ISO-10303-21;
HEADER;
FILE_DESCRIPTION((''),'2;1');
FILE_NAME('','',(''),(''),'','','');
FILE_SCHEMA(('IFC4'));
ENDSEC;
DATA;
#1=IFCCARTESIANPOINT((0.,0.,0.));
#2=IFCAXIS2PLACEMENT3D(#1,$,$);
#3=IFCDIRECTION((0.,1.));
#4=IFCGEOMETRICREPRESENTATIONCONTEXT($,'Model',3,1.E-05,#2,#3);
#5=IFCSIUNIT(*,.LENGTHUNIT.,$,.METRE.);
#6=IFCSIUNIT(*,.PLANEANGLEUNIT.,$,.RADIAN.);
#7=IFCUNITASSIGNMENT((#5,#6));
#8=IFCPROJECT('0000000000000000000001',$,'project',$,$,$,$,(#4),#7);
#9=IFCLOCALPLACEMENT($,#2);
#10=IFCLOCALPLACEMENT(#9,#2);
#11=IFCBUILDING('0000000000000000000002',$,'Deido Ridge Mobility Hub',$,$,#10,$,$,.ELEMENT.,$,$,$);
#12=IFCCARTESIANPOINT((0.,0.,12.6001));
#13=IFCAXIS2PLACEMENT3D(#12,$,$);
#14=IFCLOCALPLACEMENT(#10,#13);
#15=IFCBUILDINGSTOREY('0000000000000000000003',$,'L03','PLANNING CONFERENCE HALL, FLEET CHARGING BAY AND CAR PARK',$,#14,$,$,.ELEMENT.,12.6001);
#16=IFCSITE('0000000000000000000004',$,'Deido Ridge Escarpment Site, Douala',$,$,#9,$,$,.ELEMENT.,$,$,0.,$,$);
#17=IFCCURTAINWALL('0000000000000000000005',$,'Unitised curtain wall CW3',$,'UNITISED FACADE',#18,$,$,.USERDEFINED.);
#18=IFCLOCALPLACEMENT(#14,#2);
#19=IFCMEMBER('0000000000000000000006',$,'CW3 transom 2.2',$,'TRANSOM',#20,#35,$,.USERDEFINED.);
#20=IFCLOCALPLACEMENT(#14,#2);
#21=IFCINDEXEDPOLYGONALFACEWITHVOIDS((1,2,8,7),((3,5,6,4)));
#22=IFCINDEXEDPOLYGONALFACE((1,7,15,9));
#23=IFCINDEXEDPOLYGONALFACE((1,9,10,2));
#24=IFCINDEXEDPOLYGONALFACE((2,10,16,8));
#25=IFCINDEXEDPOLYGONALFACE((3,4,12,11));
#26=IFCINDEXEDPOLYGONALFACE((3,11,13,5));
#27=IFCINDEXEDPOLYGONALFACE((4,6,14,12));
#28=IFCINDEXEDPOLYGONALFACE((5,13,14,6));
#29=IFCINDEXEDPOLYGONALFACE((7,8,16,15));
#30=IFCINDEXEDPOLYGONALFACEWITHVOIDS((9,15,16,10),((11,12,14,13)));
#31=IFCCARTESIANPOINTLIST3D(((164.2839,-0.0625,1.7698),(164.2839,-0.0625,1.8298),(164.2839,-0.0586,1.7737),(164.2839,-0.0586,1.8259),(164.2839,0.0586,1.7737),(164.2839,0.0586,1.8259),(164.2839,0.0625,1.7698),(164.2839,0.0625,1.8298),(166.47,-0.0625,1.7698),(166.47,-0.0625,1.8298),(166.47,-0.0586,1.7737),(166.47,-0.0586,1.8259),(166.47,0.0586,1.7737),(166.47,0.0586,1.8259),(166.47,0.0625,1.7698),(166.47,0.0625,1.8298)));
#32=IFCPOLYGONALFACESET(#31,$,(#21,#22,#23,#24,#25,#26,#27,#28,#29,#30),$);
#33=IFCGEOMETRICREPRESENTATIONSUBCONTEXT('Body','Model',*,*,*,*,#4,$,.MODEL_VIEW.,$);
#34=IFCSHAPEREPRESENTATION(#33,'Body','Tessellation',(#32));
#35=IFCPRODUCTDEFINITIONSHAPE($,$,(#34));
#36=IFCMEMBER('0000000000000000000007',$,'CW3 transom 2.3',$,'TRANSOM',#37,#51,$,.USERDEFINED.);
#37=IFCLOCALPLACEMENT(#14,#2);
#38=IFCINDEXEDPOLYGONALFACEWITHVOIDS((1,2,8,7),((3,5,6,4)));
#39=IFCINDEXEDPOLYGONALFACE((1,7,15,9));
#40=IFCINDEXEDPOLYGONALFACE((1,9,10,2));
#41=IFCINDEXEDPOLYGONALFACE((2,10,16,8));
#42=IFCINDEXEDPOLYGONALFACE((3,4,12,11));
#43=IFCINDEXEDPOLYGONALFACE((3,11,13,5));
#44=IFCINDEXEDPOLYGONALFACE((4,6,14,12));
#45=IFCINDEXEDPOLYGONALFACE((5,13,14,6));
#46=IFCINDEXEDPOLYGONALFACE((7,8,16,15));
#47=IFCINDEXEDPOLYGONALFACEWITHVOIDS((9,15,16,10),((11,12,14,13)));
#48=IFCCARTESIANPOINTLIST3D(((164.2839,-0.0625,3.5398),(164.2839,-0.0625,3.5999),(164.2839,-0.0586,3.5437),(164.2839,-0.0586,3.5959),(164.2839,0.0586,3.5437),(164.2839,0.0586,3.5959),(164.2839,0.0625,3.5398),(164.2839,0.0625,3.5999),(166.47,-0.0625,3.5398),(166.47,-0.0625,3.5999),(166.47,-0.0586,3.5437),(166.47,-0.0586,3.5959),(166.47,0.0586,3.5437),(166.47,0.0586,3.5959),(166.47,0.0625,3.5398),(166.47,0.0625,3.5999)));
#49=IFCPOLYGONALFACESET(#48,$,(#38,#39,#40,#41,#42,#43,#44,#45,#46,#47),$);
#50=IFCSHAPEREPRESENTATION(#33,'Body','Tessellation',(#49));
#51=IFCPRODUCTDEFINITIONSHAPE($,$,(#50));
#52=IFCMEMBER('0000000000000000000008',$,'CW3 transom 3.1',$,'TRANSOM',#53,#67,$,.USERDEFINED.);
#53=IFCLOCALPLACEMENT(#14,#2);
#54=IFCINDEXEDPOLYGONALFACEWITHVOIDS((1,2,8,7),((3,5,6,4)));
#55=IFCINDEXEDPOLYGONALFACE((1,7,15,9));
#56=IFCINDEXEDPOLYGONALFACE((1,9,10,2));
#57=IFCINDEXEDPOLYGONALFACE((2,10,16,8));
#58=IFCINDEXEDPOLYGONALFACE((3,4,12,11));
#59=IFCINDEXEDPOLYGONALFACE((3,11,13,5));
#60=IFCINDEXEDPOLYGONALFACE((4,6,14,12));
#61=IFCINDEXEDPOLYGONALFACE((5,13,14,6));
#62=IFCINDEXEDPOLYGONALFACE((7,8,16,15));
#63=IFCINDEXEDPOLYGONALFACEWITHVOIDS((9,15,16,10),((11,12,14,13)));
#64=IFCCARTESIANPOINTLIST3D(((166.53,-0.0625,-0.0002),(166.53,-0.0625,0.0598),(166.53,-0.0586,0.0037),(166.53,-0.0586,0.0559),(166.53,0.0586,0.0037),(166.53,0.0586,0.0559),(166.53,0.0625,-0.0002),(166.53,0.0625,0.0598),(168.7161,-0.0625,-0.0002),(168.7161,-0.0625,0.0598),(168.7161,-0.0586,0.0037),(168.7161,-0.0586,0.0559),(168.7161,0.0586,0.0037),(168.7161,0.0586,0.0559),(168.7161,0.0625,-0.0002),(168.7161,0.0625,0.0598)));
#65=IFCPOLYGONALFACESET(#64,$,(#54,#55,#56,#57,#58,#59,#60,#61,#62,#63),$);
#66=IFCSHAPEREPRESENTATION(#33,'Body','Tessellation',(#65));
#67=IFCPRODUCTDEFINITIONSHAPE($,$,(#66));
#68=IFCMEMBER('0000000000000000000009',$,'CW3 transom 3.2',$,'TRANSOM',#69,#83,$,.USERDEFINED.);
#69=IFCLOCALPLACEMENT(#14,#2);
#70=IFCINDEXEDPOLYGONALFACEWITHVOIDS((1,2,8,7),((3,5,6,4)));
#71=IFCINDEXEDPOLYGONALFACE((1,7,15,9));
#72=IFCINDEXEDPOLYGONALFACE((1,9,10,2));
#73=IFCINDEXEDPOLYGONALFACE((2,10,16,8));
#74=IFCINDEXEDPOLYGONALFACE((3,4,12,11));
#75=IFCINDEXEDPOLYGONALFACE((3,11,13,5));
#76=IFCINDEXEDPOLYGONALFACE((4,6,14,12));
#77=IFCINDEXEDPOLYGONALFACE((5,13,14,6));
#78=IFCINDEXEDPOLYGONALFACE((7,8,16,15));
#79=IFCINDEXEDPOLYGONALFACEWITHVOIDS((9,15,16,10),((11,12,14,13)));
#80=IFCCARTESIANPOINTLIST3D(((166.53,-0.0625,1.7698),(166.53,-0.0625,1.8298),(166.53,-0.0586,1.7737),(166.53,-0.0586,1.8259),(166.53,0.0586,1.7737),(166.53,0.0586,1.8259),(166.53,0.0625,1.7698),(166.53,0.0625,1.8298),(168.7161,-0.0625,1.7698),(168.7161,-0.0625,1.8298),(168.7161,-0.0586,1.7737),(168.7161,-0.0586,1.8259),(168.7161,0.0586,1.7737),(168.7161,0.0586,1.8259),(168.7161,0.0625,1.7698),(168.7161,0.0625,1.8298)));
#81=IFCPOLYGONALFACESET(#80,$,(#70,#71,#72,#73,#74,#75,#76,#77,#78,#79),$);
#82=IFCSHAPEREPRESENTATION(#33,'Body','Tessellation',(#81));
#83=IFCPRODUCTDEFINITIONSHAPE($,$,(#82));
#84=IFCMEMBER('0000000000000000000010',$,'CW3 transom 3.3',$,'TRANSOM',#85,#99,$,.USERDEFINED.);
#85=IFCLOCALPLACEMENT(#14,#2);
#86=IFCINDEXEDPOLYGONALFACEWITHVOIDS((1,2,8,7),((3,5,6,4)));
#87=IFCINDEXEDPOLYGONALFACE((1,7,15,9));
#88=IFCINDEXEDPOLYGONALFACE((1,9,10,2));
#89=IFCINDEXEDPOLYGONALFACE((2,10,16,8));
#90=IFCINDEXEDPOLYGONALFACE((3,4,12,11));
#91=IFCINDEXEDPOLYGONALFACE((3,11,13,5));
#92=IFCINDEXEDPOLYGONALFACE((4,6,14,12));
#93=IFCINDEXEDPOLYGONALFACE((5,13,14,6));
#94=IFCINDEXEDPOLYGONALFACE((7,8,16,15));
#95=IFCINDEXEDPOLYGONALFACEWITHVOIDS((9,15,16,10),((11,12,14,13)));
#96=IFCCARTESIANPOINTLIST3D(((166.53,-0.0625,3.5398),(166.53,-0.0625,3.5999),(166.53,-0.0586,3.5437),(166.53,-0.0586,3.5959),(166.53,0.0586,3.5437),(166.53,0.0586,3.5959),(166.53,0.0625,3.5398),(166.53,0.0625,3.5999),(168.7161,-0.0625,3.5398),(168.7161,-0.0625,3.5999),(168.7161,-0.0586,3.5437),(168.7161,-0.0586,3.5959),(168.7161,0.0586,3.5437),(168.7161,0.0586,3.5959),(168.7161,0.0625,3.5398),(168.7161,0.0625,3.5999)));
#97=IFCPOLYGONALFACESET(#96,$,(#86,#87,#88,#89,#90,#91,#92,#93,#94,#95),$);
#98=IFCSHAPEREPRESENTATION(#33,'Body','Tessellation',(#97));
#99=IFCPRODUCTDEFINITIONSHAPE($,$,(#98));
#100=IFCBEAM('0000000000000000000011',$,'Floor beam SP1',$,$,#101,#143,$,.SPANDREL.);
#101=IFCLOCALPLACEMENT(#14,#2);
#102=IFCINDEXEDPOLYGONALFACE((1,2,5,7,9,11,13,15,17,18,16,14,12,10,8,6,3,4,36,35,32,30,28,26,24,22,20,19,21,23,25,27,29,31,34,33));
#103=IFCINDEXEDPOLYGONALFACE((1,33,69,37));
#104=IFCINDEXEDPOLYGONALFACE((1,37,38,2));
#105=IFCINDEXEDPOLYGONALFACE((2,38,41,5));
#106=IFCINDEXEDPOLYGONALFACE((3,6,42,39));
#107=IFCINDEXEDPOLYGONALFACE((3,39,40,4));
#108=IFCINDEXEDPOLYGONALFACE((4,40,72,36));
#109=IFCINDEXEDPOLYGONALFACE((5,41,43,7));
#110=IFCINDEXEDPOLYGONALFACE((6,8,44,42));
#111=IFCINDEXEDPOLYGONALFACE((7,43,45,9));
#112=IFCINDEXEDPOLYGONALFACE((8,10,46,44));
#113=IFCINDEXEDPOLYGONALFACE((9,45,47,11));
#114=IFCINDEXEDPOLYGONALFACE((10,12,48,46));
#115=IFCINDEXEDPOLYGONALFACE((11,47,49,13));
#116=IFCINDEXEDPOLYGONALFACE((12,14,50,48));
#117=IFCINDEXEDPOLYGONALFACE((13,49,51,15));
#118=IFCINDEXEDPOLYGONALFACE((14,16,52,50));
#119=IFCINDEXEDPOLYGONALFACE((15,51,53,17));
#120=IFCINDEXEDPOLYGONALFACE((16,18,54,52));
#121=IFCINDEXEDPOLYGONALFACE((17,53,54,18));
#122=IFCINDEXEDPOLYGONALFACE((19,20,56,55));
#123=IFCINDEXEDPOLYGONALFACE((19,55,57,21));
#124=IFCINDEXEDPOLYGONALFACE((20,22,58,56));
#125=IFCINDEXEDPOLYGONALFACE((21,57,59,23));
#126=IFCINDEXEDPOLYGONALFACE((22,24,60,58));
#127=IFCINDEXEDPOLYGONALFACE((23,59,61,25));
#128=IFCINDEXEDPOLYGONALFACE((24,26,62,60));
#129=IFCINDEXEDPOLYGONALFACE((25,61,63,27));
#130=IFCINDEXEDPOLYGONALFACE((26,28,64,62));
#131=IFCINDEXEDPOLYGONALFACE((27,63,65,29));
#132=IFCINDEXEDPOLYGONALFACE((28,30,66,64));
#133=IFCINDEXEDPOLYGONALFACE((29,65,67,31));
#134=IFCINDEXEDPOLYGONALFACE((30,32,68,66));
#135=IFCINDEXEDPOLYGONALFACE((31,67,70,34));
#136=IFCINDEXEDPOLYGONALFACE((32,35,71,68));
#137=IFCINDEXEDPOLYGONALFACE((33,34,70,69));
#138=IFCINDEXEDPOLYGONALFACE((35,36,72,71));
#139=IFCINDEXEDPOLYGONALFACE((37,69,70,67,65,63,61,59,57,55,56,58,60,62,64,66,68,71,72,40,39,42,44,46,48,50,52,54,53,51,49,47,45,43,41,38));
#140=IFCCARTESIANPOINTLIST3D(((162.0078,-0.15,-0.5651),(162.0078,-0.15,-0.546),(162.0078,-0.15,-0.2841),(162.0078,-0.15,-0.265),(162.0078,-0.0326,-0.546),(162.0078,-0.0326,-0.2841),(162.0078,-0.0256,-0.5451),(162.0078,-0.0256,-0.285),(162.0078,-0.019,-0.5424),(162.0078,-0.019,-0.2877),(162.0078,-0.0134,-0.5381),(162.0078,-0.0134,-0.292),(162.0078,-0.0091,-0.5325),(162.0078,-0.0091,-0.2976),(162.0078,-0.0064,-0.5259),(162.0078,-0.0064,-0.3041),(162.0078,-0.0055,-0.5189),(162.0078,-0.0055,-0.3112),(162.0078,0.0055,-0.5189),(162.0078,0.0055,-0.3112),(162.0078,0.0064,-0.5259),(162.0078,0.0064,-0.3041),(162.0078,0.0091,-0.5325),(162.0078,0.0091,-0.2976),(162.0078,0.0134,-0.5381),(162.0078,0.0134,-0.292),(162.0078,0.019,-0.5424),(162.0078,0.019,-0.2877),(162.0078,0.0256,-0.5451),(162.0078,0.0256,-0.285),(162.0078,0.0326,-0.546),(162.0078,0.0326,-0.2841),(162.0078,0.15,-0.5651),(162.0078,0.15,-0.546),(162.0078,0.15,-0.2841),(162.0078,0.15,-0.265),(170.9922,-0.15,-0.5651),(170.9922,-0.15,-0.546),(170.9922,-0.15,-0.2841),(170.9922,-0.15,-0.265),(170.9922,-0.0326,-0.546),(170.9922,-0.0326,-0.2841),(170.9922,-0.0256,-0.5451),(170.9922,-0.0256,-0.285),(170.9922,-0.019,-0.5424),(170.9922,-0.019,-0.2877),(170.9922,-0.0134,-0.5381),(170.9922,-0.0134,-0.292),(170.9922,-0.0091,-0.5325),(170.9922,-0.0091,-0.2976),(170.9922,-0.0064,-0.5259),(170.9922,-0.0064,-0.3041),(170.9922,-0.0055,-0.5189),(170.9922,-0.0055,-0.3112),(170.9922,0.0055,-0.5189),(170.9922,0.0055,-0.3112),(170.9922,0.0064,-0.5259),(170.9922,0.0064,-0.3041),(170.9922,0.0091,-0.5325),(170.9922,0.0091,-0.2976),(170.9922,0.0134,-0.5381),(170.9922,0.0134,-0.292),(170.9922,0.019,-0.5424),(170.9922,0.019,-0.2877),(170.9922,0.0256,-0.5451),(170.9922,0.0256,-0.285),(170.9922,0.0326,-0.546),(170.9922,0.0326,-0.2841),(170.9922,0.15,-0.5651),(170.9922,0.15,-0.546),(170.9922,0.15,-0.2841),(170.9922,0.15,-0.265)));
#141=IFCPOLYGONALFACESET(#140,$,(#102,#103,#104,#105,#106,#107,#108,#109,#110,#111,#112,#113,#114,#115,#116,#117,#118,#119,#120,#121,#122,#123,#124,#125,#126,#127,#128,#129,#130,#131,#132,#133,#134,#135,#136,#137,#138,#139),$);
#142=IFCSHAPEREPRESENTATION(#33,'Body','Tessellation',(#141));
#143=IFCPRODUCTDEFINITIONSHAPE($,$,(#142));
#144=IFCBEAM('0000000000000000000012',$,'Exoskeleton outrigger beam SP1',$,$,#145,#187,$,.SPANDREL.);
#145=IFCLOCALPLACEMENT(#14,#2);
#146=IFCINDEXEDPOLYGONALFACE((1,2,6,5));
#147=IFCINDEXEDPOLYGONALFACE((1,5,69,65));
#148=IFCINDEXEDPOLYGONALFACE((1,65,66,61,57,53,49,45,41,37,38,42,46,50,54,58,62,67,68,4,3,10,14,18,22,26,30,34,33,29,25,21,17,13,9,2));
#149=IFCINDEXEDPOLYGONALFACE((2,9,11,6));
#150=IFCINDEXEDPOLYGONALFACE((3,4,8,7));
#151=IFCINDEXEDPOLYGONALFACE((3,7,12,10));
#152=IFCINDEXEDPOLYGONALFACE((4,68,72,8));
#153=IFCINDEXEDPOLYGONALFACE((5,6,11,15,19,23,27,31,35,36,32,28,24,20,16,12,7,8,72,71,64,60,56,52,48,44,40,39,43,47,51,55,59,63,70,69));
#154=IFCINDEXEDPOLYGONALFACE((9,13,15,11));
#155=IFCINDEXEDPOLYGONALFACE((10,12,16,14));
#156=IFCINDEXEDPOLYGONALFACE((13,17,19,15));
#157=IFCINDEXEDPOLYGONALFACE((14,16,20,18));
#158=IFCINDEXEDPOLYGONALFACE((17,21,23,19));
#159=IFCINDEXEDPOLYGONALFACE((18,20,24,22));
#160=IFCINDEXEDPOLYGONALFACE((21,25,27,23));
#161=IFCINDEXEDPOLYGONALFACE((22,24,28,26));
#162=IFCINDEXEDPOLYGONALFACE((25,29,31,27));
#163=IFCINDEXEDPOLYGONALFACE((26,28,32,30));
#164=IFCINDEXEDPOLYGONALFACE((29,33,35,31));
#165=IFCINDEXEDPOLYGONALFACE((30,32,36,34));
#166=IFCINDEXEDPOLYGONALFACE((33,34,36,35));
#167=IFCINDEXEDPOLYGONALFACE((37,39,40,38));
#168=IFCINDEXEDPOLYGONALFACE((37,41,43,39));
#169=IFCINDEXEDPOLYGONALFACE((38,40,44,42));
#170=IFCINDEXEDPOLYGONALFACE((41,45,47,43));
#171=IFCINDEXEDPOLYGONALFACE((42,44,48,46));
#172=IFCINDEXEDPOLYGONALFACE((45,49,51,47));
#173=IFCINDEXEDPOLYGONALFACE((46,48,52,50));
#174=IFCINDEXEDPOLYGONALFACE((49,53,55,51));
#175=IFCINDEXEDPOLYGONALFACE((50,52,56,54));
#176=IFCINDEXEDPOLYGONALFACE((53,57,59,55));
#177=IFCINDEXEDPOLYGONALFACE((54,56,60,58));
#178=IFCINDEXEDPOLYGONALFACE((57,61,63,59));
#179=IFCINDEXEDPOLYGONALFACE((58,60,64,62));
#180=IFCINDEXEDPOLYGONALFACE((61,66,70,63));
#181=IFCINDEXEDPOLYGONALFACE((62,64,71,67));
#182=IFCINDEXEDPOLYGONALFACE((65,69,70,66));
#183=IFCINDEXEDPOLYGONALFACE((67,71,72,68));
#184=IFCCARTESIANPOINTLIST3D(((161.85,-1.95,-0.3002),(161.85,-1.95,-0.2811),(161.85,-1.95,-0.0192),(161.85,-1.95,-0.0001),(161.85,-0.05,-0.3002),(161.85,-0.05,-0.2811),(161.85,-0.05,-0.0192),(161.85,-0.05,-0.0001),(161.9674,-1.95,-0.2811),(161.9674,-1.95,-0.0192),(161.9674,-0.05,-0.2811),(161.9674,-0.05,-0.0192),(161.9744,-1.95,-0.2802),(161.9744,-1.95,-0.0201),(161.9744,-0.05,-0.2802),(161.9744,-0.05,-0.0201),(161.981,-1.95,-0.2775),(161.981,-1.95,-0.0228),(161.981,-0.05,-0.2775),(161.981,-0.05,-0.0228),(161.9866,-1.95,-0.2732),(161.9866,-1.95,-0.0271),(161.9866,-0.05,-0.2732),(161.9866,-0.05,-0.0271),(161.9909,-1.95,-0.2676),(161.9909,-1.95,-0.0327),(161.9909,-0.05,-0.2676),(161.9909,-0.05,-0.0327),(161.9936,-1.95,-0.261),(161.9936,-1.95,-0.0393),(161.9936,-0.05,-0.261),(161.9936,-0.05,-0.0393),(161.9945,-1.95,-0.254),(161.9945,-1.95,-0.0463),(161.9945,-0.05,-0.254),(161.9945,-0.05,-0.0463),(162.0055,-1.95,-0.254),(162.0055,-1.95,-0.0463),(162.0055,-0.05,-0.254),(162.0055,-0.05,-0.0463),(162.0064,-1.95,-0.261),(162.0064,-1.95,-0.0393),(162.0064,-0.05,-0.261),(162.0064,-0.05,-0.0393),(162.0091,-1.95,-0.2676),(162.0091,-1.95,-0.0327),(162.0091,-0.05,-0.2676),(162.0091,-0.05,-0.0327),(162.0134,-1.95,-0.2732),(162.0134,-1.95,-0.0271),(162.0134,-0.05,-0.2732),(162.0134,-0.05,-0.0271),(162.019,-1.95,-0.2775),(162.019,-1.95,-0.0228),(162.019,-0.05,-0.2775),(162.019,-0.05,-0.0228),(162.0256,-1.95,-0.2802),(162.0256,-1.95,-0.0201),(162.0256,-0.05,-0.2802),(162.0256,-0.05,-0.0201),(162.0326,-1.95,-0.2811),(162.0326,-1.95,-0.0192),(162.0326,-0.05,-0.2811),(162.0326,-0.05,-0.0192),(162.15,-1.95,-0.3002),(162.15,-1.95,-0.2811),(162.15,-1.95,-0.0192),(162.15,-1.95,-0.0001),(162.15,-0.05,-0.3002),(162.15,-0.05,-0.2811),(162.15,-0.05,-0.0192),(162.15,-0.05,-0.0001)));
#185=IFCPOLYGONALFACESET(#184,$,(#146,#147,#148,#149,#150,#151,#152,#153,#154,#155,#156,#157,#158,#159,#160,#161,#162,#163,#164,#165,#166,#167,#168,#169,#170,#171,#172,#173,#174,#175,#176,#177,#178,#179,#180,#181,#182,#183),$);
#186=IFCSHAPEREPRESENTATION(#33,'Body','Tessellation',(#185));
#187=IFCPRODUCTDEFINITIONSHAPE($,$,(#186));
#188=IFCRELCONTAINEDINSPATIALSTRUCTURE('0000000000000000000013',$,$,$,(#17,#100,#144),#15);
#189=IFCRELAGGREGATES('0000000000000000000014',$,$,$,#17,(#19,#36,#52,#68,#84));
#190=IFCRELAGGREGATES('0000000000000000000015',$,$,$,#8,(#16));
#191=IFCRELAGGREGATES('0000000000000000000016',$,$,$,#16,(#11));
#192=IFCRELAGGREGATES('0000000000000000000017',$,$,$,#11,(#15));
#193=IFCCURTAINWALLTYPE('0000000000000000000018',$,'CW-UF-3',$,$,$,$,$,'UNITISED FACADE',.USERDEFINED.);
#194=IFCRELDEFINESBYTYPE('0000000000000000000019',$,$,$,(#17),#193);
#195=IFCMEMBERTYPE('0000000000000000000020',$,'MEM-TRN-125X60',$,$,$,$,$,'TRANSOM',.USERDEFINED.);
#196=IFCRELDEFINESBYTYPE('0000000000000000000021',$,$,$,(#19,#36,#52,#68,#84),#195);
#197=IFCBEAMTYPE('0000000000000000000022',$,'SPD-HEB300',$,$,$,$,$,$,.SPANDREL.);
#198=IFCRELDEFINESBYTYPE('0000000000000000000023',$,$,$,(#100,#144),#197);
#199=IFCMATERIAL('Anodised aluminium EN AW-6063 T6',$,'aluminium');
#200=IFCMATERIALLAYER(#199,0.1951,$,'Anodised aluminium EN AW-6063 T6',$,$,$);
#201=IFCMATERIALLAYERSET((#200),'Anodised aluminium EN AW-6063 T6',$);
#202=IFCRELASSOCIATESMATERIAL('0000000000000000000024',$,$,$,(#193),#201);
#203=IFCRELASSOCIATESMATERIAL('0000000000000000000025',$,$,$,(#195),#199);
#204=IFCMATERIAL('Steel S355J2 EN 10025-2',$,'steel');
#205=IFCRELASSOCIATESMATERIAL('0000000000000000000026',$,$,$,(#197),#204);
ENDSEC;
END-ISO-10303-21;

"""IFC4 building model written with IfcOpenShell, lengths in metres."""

from ifc_helpers import new_model, si_unit, direction, frame, origin, origin_2d, place, context, subcontext, project, spatial, hollow_rectangle, i_section, extrude, material, layer, layer_set, material_profile, profile_set, type_object, element, aggregate, save


model = new_model("IFC4")

# Units and contexts
model_context = context("Model", 3, precision=1e-05, world=origin(), true_north=direction((0.0, 1.0)))
body_context = subcontext(model_context, "Body", "Model", "MODEL_VIEW")
ifc_project = project(units=[si_unit("LENGTHUNIT", "METRE"), si_unit("PLANEANGLEUNIT", "RADIAN")], contexts=[model_context])

# Site, building, storey
site_placement = place(None, origin())
site = spatial("IfcSite", under=ifc_project, at=site_placement, Name="Deido Ridge Escarpment Site, Douala", CompositionType="ELEMENT", RefElevation=0.0)
building_placement = place(site_placement, origin())
building = spatial("IfcBuilding", under=site, at=building_placement, Name="Deido Ridge Mobility Hub", CompositionType="ELEMENT")
storey_placement = place(building_placement, frame((0.0, 0.0, 12.6001)))
storey = spatial("IfcBuildingStorey", under=building, at=storey_placement, Name="L03", Description="PLANNING CONFERENCE HALL, FLEET CHARGING BAY AND CAR PARK", CompositionType="ELEMENT", Elevation=12.6001)

# Shared definitions
ifc_material_1 = material(Name="Steel S355J2 EN 10025-2", Category="steel")

# Curtain wall, members
ifc_material_2 = material(Name="Anodised aluminium EN AW-6063 T6", Category="aluminium")
ifc_layer_1 = layer(ifc_material_2, 0.1951, Name="Anodised aluminium EN AW-6063 T6")
ifc_layer_set_1 = layer_set([ifc_layer_1], Name="Anodised aluminium EN AW-6063 T6")
curtain_wall_type = type_object("IfcCurtainWallType", Name="CW-UF-3", ElementType="UNITISED FACADE", PredefinedType="USERDEFINED", material=ifc_layer_set_1)
curtain_wall_placement = place(storey_placement, origin())
curtain_wall = element("IfcCurtainWall", 1, at=curtain_wall_placement, inside=storey, type_object=curtain_wall_type, Name="Unitised curtain wall CW3", ObjectType="UNITISED FACADE", PredefinedType="USERDEFINED")
ifc_material_profile_1 = material_profile(ifc_material_2, hollow_rectangle(XDim=0.125, YDim=0.0601, WallThickness=0.0039, at=origin_2d()), Name="RHS 125x60x4")
ifc_profile_set_1 = profile_set([ifc_material_profile_1], Name="Anodised aluminium EN AW-6063 T6")
member_type_1 = type_object("IfcMemberType", Name="MEM-TRN-125X60", ElementType="TRANSOM", PredefinedType="USERDEFINED", material=ifc_profile_set_1)
member_1_placement = place(storey_placement, frame((164.2839, 0.0, 1.7998), z_axis=(1.0, 0.0, 0.0), x_axis=(0.0, 1.0, 0.0)))
member_1 = element("IfcMember", 2, at=member_1_placement, type_object=member_type_1, Name="CW3 transom 2.2", ObjectType="TRANSOM", PredefinedType="USERDEFINED", context=body_context, shape_type="SweptSolid", body=[
    extrude(hollow_rectangle(XDim=0.125, YDim=0.0601, WallThickness=0.0039, at=origin_2d()), origin(), (0.0, 0.0, 1.0), 2.186),
])
member_2_placement = place(storey_placement, frame((164.2839, 0.0, 3.5698), z_axis=(1.0, 0.0, 0.0), x_axis=(0.0, 1.0, 0.0)))
member_2 = element("IfcMember", 3, at=member_2_placement, type_object=member_type_1, Name="CW3 transom 2.3", ObjectType="TRANSOM", PredefinedType="USERDEFINED", context=body_context, shape_type="SweptSolid", body=[
    extrude(hollow_rectangle(XDim=0.125, YDim=0.0601, WallThickness=0.0039, at=origin_2d()), origin(), (0.0, 0.0, 1.0), 2.186),
])
member_3_placement = place(storey_placement, frame((166.53, 0.0, 0.0298), z_axis=(1.0, 0.0, 0.0), x_axis=(0.0, 1.0, 0.0)))
member_3 = element("IfcMember", 4, at=member_3_placement, type_object=member_type_1, Name="CW3 transom 3.1", ObjectType="TRANSOM", PredefinedType="USERDEFINED", context=body_context, shape_type="SweptSolid", body=[
    extrude(hollow_rectangle(XDim=0.125, YDim=0.0601, WallThickness=0.0039, at=origin_2d()), origin(), (0.0, 0.0, 1.0), 2.186),
])
member_4_placement = place(storey_placement, frame((166.53, 0.0, 1.7998), z_axis=(1.0, 0.0, 0.0), x_axis=(0.0, 1.0, 0.0)))
member_4 = element("IfcMember", 5, at=member_4_placement, type_object=member_type_1, Name="CW3 transom 3.2", ObjectType="TRANSOM", PredefinedType="USERDEFINED", context=body_context, shape_type="SweptSolid", body=[
    extrude(hollow_rectangle(XDim=0.125, YDim=0.0601, WallThickness=0.0039, at=origin_2d()), origin(), (0.0, 0.0, 1.0), 2.186),
])
member_5_placement = place(storey_placement, frame((166.53, 0.0, 3.5698), z_axis=(1.0, 0.0, 0.0), x_axis=(0.0, 1.0, 0.0)))
member_5 = element("IfcMember", 6, at=member_5_placement, type_object=member_type_1, Name="CW3 transom 3.3", ObjectType="TRANSOM", PredefinedType="USERDEFINED", context=body_context, shape_type="SweptSolid", body=[
    extrude(hollow_rectangle(XDim=0.125, YDim=0.0601, WallThickness=0.0039, at=origin_2d()), origin(), (0.0, 0.0, 1.0), 2.186),
])

# Beams
ifc_material_profile_2 = material_profile(ifc_material_1, i_section(OverallWidth=0.3, OverallDepth=0.3, WebThickness=0.011, FlangeThickness=0.019, FilletRadius=0.0271, at=origin_2d()), Name="HEB 300")
ifc_profile_set_2 = profile_set([ifc_material_profile_2], Name="Steel S355J2 EN 10025-2")
beam_type_1 = type_object("IfcBeamType", Name="SPD-HEB300", PredefinedType="SPANDREL", material=ifc_profile_set_2)
beam_1_placement = place(storey_placement, frame((162.0078, 0.0, -0.415), z_axis=(1.0, 0.0, 0.0), x_axis=(0.0, 1.0, 0.0)))
element("IfcBeam", 7, at=beam_1_placement, inside=storey, type_object=beam_type_1, Name="Floor beam SP1", PredefinedType="SPANDREL", context=body_context, shape_type="SweptSolid", body=[
    extrude(i_section(OverallWidth=0.3, OverallDepth=0.3, WebThickness=0.011, FlangeThickness=0.019, FilletRadius=0.0271, at=origin_2d()), origin(), (0.0, 0.0, 1.0), 8.9844),
])
beam_2_placement = place(storey_placement, frame((162.0, -0.05, -0.1501), z_axis=(0.0, -1.0, 0.0), x_axis=(1.0, 0.0, 0.0)))
element("IfcBeam", 8, at=beam_2_placement, inside=storey, type_object=beam_type_1, Name="Exoskeleton outrigger beam SP1", PredefinedType="SPANDREL", context=body_context, shape_type="SweptSolid", body=[
    extrude(i_section(OverallWidth=0.3, OverallDepth=0.3, WebThickness=0.011, FlangeThickness=0.019, FilletRadius=0.0271, at=origin_2d()), origin(), (0.0, 0.0, 1.0), 1.8999),
])

aggregate(curtain_wall, [member_1, member_2, member_3, member_4, member_5])

save(model, "model.ifc")
